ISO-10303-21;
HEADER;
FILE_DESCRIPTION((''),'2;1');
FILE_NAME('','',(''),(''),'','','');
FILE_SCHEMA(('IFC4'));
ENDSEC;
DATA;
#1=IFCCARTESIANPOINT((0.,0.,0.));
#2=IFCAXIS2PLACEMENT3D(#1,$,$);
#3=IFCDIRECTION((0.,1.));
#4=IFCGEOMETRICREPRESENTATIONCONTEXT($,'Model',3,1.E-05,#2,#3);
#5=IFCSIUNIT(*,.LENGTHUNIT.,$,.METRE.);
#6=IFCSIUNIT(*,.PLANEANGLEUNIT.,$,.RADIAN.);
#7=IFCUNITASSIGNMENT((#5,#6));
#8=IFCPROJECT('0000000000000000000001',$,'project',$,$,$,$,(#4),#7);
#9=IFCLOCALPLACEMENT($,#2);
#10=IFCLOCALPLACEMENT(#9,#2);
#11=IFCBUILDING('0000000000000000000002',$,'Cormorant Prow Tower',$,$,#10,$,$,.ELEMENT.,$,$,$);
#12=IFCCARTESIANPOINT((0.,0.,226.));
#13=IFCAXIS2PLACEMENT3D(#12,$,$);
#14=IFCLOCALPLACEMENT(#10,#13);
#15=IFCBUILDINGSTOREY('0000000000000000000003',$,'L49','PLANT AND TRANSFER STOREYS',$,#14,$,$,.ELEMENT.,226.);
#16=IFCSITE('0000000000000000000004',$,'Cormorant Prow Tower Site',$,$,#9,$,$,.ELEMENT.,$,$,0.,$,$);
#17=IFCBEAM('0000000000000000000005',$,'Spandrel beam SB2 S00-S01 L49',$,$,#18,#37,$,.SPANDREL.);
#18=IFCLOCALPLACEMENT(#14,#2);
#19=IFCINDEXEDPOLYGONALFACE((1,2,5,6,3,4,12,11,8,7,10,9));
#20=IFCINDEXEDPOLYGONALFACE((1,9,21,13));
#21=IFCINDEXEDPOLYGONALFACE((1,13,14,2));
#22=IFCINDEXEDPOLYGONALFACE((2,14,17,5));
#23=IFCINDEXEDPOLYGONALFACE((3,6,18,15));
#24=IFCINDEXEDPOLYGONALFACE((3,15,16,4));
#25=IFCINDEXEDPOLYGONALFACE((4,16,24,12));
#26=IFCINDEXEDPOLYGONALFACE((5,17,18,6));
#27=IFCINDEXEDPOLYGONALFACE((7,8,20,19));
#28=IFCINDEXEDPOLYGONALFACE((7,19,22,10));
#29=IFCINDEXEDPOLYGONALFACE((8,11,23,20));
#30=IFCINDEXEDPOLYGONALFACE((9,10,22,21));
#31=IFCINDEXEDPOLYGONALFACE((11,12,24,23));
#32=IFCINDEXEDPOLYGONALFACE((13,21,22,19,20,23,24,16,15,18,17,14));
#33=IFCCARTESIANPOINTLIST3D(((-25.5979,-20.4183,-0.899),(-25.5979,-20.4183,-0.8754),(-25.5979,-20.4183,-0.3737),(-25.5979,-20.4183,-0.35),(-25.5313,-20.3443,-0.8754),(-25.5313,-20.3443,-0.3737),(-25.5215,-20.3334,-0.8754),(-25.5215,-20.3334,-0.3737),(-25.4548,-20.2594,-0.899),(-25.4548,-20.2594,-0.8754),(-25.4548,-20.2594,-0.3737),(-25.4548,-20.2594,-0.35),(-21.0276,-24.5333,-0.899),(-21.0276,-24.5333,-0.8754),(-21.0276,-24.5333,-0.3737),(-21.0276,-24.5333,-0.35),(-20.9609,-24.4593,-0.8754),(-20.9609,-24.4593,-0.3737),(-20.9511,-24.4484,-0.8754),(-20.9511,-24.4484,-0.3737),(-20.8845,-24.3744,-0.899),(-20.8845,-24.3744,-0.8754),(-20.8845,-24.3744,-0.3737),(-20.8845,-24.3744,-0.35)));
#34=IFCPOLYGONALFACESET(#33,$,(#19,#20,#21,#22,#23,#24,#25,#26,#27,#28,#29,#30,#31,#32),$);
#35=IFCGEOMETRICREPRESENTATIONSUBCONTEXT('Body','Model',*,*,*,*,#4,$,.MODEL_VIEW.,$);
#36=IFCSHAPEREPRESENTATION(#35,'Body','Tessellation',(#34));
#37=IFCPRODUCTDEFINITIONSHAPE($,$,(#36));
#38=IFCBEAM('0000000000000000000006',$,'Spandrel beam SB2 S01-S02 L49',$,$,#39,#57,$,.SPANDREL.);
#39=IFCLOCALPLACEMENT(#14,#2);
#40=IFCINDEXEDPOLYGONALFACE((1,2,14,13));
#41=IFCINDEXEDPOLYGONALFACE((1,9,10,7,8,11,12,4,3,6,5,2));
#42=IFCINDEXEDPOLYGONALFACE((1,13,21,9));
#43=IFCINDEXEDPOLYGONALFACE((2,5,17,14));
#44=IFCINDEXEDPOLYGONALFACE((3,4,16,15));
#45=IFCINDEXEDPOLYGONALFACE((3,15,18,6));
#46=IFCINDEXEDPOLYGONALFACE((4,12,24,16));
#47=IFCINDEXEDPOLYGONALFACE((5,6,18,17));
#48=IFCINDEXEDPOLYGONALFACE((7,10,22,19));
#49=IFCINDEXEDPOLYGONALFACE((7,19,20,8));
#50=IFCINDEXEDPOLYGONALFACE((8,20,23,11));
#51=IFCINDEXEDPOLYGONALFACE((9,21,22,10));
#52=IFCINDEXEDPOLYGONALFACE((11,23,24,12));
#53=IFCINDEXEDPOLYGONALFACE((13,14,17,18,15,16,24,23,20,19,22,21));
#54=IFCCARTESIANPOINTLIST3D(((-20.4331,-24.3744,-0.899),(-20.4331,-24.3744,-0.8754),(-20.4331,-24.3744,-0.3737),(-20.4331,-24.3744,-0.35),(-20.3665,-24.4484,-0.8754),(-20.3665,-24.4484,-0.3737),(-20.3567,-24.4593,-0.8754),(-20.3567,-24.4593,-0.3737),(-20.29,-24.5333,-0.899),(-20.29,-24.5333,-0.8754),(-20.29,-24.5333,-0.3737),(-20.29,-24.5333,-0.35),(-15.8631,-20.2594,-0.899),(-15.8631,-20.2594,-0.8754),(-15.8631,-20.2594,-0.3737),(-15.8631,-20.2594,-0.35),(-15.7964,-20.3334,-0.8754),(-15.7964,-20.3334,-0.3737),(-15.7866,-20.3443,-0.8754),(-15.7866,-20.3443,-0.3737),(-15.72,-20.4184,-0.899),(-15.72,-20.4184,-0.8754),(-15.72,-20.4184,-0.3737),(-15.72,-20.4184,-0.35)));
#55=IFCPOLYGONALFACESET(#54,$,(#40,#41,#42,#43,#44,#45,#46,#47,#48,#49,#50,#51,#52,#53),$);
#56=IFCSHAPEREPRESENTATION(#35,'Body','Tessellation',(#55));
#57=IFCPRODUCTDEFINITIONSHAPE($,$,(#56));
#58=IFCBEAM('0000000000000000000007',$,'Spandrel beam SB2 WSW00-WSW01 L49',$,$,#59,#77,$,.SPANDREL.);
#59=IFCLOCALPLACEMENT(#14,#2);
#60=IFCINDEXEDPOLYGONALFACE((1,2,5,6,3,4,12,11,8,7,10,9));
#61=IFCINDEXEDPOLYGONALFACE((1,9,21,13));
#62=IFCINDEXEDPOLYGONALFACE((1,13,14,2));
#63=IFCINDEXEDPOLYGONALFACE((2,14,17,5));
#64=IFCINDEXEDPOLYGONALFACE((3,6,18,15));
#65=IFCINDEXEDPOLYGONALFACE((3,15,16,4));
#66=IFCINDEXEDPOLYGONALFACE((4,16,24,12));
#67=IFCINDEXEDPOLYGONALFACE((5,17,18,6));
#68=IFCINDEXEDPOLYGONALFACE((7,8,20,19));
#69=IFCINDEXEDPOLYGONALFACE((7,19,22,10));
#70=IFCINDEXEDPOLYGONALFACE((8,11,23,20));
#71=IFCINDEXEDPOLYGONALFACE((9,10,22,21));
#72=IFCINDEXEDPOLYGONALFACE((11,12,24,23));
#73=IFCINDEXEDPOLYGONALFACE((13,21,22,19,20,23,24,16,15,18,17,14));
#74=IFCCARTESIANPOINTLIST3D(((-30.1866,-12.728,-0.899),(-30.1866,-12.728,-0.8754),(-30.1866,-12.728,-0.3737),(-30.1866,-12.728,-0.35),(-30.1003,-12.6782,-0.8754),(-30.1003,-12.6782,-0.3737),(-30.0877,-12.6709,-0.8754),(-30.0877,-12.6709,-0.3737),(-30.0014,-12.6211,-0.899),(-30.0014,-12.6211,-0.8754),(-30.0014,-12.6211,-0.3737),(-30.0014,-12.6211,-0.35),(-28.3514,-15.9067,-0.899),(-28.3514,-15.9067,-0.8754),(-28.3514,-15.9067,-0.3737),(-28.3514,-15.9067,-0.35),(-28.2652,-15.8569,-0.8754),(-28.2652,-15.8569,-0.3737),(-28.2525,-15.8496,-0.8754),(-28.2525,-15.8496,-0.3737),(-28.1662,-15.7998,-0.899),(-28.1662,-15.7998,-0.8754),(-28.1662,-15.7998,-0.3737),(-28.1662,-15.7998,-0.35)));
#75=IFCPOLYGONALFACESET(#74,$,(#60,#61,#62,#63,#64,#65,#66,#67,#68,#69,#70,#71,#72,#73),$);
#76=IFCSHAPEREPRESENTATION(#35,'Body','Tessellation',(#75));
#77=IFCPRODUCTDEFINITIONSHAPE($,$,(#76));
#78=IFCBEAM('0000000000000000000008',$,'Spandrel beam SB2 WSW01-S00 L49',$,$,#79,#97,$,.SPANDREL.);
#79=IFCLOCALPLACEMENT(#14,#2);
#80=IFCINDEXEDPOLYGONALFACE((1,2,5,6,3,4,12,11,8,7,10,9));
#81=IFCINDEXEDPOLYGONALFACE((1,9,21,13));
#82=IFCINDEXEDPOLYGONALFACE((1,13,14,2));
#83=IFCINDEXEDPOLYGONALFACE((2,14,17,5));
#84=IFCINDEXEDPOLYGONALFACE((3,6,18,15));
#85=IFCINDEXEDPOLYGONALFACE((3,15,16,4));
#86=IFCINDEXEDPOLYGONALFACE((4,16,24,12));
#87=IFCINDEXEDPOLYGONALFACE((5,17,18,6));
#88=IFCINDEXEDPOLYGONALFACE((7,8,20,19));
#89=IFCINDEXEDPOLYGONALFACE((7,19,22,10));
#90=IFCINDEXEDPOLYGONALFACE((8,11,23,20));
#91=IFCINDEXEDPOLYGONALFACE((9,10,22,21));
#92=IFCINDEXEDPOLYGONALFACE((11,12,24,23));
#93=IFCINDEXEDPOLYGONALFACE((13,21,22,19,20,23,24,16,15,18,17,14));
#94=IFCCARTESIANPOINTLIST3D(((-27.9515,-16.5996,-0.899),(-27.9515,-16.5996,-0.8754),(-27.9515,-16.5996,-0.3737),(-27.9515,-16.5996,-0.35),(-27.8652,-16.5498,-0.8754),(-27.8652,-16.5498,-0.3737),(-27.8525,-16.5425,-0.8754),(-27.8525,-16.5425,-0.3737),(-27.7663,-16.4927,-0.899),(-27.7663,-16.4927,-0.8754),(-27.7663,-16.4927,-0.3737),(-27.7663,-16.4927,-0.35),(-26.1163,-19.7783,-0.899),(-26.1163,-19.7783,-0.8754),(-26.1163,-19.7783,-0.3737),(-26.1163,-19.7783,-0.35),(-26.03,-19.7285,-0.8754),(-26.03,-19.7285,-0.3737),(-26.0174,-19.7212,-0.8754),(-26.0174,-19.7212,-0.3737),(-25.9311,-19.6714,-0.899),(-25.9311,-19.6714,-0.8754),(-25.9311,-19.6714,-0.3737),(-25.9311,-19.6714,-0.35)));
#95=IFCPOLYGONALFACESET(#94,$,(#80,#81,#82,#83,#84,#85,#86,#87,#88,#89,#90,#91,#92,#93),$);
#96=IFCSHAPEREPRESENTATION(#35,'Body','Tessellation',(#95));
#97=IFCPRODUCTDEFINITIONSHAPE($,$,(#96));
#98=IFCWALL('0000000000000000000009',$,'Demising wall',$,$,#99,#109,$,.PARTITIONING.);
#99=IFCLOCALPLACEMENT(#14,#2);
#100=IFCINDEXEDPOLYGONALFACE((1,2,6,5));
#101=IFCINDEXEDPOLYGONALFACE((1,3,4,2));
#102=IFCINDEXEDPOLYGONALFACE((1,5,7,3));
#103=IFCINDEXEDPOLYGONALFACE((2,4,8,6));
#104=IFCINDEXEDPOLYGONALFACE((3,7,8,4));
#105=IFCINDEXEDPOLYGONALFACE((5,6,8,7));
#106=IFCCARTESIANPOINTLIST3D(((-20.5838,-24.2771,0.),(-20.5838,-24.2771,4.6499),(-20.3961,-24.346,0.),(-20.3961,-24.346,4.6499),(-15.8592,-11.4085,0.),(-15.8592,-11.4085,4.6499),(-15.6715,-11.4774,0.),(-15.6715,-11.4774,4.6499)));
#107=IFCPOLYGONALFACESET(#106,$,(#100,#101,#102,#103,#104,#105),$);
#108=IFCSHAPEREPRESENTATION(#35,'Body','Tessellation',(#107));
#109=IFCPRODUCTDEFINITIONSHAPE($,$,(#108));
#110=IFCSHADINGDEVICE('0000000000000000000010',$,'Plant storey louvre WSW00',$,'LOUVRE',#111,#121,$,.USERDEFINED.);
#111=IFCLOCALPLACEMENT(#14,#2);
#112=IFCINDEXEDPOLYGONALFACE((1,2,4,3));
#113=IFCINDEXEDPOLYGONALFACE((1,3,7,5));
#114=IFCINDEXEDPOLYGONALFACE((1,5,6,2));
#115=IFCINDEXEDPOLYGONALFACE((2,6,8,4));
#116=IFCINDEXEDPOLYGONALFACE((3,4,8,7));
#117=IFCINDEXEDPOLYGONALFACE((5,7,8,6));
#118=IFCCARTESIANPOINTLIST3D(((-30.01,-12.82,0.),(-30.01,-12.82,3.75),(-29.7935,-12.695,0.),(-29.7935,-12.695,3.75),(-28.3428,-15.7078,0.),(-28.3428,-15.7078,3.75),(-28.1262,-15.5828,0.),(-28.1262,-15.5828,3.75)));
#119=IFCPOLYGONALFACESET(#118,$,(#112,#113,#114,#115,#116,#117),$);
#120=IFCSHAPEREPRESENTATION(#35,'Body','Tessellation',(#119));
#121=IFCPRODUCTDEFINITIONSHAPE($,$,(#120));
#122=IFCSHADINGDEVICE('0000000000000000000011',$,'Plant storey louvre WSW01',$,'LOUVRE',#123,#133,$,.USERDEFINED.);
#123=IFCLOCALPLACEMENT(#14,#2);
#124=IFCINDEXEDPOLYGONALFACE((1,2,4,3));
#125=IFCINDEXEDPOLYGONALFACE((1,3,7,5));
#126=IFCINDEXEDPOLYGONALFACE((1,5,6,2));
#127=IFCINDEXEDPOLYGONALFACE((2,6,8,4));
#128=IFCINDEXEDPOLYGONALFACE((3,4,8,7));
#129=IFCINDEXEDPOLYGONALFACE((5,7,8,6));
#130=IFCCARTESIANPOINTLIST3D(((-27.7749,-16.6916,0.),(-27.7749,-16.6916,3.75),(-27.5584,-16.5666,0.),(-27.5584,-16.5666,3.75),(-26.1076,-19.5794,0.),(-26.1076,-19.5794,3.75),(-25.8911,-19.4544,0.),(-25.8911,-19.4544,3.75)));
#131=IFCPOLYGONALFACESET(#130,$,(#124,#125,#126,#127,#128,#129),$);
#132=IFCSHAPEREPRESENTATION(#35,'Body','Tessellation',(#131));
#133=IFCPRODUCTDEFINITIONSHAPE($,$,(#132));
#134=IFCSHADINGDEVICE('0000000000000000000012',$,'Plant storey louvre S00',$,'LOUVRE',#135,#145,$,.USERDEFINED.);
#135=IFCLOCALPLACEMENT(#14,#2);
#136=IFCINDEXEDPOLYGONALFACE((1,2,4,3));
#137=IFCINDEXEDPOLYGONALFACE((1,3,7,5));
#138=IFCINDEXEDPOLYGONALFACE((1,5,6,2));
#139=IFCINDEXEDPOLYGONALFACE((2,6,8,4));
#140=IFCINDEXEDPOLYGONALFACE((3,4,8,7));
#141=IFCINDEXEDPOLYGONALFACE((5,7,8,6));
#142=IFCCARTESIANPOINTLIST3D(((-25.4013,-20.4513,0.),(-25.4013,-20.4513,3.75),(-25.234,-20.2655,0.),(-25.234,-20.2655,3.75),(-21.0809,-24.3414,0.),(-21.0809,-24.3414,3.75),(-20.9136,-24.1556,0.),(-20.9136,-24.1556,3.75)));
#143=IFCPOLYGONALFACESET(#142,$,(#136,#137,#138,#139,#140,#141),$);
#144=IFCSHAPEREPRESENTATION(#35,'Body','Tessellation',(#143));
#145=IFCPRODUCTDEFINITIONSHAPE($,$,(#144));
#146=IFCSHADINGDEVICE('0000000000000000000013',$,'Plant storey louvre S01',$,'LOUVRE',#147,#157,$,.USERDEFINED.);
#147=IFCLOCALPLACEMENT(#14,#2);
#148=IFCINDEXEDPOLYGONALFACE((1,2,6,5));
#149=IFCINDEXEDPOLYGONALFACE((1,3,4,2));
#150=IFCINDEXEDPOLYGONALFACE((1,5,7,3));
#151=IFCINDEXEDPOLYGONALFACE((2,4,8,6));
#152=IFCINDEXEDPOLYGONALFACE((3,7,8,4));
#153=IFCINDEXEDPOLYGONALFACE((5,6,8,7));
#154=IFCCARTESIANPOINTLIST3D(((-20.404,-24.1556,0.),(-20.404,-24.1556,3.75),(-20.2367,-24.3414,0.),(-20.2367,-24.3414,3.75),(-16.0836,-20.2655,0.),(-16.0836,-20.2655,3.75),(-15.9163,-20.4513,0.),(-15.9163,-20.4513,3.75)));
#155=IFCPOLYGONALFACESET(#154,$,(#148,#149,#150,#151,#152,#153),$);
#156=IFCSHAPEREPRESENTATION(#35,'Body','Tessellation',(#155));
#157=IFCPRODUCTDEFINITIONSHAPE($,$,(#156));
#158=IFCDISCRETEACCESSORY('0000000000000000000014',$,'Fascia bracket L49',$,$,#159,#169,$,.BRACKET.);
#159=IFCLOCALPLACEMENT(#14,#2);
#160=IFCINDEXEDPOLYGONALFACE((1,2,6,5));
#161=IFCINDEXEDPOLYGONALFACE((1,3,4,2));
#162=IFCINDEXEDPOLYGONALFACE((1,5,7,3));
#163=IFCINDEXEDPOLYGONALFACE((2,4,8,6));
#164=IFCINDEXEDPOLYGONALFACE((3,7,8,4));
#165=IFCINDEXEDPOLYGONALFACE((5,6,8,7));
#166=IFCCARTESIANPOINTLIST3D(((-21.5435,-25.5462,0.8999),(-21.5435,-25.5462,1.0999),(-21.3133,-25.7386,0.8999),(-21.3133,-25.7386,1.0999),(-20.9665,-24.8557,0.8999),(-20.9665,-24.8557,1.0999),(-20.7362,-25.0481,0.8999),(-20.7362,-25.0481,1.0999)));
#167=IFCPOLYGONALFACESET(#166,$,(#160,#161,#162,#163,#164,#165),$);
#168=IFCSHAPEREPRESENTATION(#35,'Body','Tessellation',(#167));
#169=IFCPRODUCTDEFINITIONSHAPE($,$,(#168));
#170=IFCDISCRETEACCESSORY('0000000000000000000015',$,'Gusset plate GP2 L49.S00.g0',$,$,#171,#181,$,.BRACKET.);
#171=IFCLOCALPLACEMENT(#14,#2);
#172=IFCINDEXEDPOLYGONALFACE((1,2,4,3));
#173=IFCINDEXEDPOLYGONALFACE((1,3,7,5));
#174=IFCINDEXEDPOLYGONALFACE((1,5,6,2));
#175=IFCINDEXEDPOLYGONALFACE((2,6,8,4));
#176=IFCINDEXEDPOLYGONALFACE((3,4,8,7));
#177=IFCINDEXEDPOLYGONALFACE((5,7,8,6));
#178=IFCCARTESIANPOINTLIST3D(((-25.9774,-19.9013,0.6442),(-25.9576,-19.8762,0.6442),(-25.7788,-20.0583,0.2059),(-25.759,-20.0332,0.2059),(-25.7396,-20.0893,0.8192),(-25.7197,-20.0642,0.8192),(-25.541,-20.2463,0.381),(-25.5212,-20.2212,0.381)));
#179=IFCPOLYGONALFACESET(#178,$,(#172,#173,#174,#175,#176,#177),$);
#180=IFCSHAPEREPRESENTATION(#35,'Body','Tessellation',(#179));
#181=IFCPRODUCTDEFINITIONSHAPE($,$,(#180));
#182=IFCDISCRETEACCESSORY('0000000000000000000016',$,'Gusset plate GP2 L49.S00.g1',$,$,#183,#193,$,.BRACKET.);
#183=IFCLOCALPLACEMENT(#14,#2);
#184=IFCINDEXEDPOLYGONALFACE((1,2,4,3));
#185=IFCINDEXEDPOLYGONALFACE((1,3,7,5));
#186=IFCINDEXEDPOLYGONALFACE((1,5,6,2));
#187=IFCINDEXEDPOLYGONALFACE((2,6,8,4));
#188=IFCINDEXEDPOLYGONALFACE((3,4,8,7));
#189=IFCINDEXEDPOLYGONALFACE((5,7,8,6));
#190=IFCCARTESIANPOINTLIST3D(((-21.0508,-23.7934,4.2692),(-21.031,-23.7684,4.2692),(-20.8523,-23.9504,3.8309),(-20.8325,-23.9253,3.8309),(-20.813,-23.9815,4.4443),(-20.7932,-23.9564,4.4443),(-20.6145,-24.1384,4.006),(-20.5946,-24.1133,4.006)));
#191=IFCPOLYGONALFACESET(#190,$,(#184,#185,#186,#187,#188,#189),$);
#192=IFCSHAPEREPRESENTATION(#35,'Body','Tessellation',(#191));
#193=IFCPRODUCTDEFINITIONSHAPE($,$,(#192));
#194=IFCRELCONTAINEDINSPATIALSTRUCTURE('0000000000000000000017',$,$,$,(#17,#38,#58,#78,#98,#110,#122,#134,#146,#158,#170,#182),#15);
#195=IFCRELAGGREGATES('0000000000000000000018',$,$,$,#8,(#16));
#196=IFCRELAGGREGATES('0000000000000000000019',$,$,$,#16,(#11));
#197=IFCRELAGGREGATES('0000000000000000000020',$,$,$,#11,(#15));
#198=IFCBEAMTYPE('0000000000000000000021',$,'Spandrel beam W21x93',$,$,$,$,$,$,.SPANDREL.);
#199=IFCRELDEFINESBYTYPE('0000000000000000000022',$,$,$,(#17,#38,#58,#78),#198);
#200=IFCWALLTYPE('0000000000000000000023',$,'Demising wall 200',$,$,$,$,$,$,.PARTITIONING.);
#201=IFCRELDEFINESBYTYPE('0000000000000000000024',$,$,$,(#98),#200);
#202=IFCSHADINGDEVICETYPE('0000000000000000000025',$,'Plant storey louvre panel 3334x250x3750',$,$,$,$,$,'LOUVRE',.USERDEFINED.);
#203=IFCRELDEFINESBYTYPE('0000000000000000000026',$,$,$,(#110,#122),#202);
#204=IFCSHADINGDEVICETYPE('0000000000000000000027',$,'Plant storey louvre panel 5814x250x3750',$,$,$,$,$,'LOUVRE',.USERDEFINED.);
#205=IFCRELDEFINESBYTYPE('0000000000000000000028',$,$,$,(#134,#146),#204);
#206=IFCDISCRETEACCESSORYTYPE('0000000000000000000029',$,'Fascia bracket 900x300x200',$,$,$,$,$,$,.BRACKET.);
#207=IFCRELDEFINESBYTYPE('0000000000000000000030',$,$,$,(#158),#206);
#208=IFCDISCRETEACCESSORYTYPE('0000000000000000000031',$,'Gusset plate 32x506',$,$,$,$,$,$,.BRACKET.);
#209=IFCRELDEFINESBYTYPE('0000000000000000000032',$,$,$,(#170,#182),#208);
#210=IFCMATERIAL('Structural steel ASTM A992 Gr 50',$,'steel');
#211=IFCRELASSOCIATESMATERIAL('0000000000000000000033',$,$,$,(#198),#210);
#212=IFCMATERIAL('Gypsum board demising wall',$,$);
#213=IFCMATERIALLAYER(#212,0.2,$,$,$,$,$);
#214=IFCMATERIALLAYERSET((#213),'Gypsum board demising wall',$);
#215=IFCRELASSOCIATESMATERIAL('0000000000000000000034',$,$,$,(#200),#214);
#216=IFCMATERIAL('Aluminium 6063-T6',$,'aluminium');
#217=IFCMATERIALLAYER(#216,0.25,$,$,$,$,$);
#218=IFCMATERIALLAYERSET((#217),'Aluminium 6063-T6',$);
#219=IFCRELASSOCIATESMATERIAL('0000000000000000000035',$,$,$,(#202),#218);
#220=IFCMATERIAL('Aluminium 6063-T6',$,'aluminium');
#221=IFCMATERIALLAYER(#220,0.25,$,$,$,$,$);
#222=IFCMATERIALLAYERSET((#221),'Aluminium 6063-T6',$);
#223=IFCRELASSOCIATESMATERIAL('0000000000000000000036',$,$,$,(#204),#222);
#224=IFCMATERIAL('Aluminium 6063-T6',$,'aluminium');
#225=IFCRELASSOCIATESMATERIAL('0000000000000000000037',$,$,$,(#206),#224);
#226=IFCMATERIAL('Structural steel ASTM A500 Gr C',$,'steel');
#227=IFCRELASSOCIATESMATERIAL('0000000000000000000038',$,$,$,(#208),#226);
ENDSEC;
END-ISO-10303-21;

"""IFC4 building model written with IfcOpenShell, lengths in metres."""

from ifc_helpers import new_model, si_unit, direction, frame, frame_2d, origin, origin_2d, place, context, subcontext, project, spatial, rectangle, i_section, extrude, material, layer, layer_set, material_profile, profile_set, type_object, element, save


model = new_model("IFC4")

# Units and contexts
model_context = context("Model", 3, precision=1e-05, world=origin(), true_north=direction((0.0, 1.0)))
body_context = subcontext(model_context, "Body", "Model", "MODEL_VIEW")
ifc_project = project(units=[si_unit("LENGTHUNIT", "METRE"), si_unit("PLANEANGLEUNIT", "RADIAN")], contexts=[model_context])

# Site, building, storey
site_placement = place(None, origin())
site = spatial("IfcSite", under=ifc_project, at=site_placement, Name="Cormorant Prow Tower Site", CompositionType="ELEMENT", RefElevation=0.0)
building_placement = place(site_placement, origin())
building = spatial("IfcBuilding", under=site, at=building_placement, Name="Cormorant Prow Tower", CompositionType="ELEMENT")
storey_placement = place(building_placement, frame((0.0, 0.0, 226.0)))
storey = spatial("IfcBuildingStorey", under=building, at=storey_placement, Name="L49", Description="PLANT AND TRANSFER STOREYS", CompositionType="ELEMENT", Elevation=226.0)

# Beams
ifc_material_1 = material(Name="Structural steel ASTM A992 Gr 50", Category="steel")
ifc_material_profile_1 = material_profile(ifc_material_1, i_section(OverallWidth=0.2139, OverallDepth=0.5491, WebThickness=0.0146, FlangeThickness=0.0237, at=origin_2d()), Name="W21x93")
ifc_profile_set_1 = profile_set([ifc_material_profile_1], Name="Structural steel ASTM A992 Gr 50")
beam_type = type_object("IfcBeamType", Name="Spandrel beam W21x93", PredefinedType="SPANDREL", material=ifc_profile_set_1)
beam_1_placement = place(storey_placement, frame((-25.5264, -20.3389, -0.6245), z_axis=(0.743156, -0.669118, 0.0), x_axis=(0.669118, 0.743156, 0.0)))
element("IfcBeam", 1, at=beam_1_placement, inside=storey, type_object=beam_type, Name="Spandrel beam SB2 S00-S01 L49", PredefinedType="SPANDREL", context=body_context, shape_type="SweptSolid", body=[
    extrude(i_section(OverallWidth=0.2139, OverallDepth=0.5491, WebThickness=0.0146, FlangeThickness=0.0237, at=origin_2d()), origin(), (0.0, 0.0, 1.0), 6.1499),
])
beam_2_placement = place(storey_placement, frame((-20.3616, -24.4539, -0.6245), z_axis=(0.743138, 0.669138, 0.0), x_axis=(-0.669138, 0.743138, 0.0)))
element("IfcBeam", 2, at=beam_2_placement, inside=storey, type_object=beam_type, Name="Spandrel beam SB2 S01-S02 L49", PredefinedType="SPANDREL", context=body_context, shape_type="SweptSolid", body=[
    extrude(i_section(OverallWidth=0.2139, OverallDepth=0.5491, WebThickness=0.0146, FlangeThickness=0.0237, at=origin_2d()), origin(), (0.0, 0.0, 1.0), 6.1497),
])
for number, where, z_axis, x_axis, name in (
    (3, (-30.094, -12.6746, -0.6245), (0.499995, -0.866028, 0.0), (0.866028, 0.499995, 0.0), "Spandrel beam SB2 WSW00-WSW01 L49"),
    (4, (-27.8589, -16.5461, -0.6245), (0.499995, -0.866028, 0.0), (0.866028, 0.499995, 0.0), "Spandrel beam SB2 WSW01-S00 L49"),
):
    element("IfcBeam", number, at=place(storey_placement, frame(where, z_axis=z_axis, x_axis=x_axis)), inside=storey, type_object=beam_type, Name=name, PredefinedType="SPANDREL", context=body_context, shape_type="SweptSolid", body=[
        extrude(i_section(OverallWidth=0.2139, OverallDepth=0.5491, WebThickness=0.0146, FlangeThickness=0.0237, at=origin_2d()), origin(), (0.0, 0.0, 1.0), 3.6704),
    ])

# Wall
ifc_material_2 = material(Name="Gypsum board demising wall")
ifc_layer_1 = layer(ifc_material_2, 0.2)
ifc_layer_set_1 = layer_set([ifc_layer_1], Name="Gypsum board demising wall")
wall_type = type_object("IfcWallType", Name="Demising wall 200", PredefinedType="PARTITIONING", material=ifc_layer_set_1)
wall_placement = place(storey_placement, frame((-20.49, -24.3115, 0.0), z_axis=(0.0, 0.0, 1.0), x_axis=(0.344647, 0.938732, 0.0)))
element("IfcWall", 5, at=wall_placement, inside=storey, type_object=wall_type, Name="Demising wall", PredefinedType="PARTITIONING", context=body_context, shape_type="SweptSolid", body=[
    extrude(rectangle(XDim=13.7085, YDim=0.2, at=frame_2d((6.8542, 0.0))), origin(), (0.0, 0.0, 1.0), 4.6499),
])

# Shading devices
ifc_material_3 = material(Name="Aluminium 6063-T6", Category="aluminium")
ifc_layer_2 = layer(ifc_material_3, 0.25)
ifc_layer_set_2 = layer_set([ifc_layer_2], Name="Aluminium 6063-T6")
shading_device_type_1 = type_object("IfcShadingDeviceType", Name="Plant storey louvre panel 3334x250x3750", ElementType="LOUVRE", PredefinedType="USERDEFINED", material=ifc_layer_set_2)
for number, where, z_axis, x_axis, name in (
    (6, (-29.0681, -14.2014, 0.0), (0.0, 0.0, 1.0), (0.5, -0.866025, 0.0), "Plant storey louvre WSW00"),
    (7, (-26.833, -18.073, 0.0), (0.0, 0.0, 1.0), (0.5, -0.866025, 0.0), "Plant storey louvre WSW01"),
):
    element("IfcShadingDevice", number, at=place(storey_placement, frame(where, z_axis=z_axis, x_axis=x_axis)), inside=storey, type_object=shading_device_type_1, Name=name, ObjectType="LOUVRE", PredefinedType="USERDEFINED", context=body_context, shape_type="SweptSolid", body=[
        extrude(rectangle(XDim=3.3345, YDim=0.25, at=origin_2d()), origin(), (0.0, 0.0, 1.0), 3.75),
    ])
ifc_material_4 = material(Name="Aluminium 6063-T6", Category="aluminium")
ifc_layer_3 = layer(ifc_material_4, 0.25)
ifc_layer_set_3 = layer_set([ifc_layer_3], Name="Aluminium 6063-T6")
shading_device_type_2 = type_object("IfcShadingDeviceType", Name="Plant storey louvre panel 5814x250x3750", ElementType="LOUVRE", PredefinedType="USERDEFINED", material=ifc_layer_set_3)
for number, where, z_axis, x_axis, name in (
    (8, (-23.1575, -22.3035, 0.0), (0.0, 0.0, 1.0), (0.743145, -0.669131, 0.0), "Plant storey louvre S00"),
    (9, (-18.1602, -22.3035, 0.0), (0.0, 0.0, 1.0), (0.743145, 0.669131, 0.0), "Plant storey louvre S01"),
):
    element("IfcShadingDevice", number, at=place(storey_placement, frame(where, z_axis=z_axis, x_axis=x_axis)), inside=storey, type_object=shading_device_type_2, Name=name, ObjectType="LOUVRE", PredefinedType="USERDEFINED", context=body_context, shape_type="SweptSolid", body=[
        extrude(rectangle(XDim=5.8137, YDim=0.25, at=origin_2d()), origin(), (0.0, 0.0, 1.0), 3.75),
    ])

# Discrete accessories
ifc_material_5 = material(Name="Aluminium 6063-T6", Category="aluminium")
discrete_accessory_type_1 = type_object("IfcDiscreteAccessoryType", Name="Fascia bracket 900x300x200", PredefinedType="BRACKET", material=ifc_material_5)
discrete_accessory_1_placement = place(storey_placement, frame((-21.1399, -25.2971, 0.8999), z_axis=(0.0, 0.0, 1.0), x_axis=(-0.641238, -0.767342, 0.0)))
element("IfcDiscreteAccessory", 10, at=discrete_accessory_1_placement, inside=storey, type_object=discrete_accessory_type_1, Name="Fascia bracket L49", PredefinedType="BRACKET", context=body_context, shape_type="SweptSolid", body=[
    extrude(rectangle(XDim=0.8999, YDim=0.3, at=origin_2d()), origin(), (0.0, 0.0, 1.0), 0.2),
])
ifc_material_6 = material(Name="Structural steel ASTM A500 Gr C", Category="steel")
ifc_material_profile_2 = material_profile(ifc_material_6, rectangle(XDim=0.032, YDim=0.5061, at=origin_2d()), Name="Gusset plate 32x506")
ifc_profile_set_2 = profile_set([ifc_material_profile_2], Name="Structural steel ASTM A500 Gr C")
discrete_accessory_type_2 = type_object("IfcDiscreteAccessoryType", Name="Gusset plate 32x506", PredefinedType="BRACKET", material=ifc_profile_set_2)
for number, where, z_axis, x_axis, name in (
    (11, (-25.6304, -20.1553, 0.6001), (-0.679333, 0.53705, -0.500084), (-0.620166, -0.78447, 0.0), "Gusset plate GP2 L49.S00.g0"),
    (12, (-20.9417, -23.8594, 4.05), (0.679333, -0.53705, 0.500084), (0.620166, 0.78447, 0.0), "Gusset plate GP2 L49.S00.g1"),
):
    element("IfcDiscreteAccessory", number, at=place(storey_placement, frame(where, z_axis=z_axis, x_axis=x_axis)), inside=storey, type_object=discrete_accessory_type_2, Name=name, PredefinedType="BRACKET", context=body_context, shape_type="SweptSolid", body=[
        extrude(rectangle(XDim=0.032, YDim=0.5061, at=origin_2d()), origin(), (0.0, 0.0, 1.0), 0.3501),
    ])

save(model, "model.ifc")
